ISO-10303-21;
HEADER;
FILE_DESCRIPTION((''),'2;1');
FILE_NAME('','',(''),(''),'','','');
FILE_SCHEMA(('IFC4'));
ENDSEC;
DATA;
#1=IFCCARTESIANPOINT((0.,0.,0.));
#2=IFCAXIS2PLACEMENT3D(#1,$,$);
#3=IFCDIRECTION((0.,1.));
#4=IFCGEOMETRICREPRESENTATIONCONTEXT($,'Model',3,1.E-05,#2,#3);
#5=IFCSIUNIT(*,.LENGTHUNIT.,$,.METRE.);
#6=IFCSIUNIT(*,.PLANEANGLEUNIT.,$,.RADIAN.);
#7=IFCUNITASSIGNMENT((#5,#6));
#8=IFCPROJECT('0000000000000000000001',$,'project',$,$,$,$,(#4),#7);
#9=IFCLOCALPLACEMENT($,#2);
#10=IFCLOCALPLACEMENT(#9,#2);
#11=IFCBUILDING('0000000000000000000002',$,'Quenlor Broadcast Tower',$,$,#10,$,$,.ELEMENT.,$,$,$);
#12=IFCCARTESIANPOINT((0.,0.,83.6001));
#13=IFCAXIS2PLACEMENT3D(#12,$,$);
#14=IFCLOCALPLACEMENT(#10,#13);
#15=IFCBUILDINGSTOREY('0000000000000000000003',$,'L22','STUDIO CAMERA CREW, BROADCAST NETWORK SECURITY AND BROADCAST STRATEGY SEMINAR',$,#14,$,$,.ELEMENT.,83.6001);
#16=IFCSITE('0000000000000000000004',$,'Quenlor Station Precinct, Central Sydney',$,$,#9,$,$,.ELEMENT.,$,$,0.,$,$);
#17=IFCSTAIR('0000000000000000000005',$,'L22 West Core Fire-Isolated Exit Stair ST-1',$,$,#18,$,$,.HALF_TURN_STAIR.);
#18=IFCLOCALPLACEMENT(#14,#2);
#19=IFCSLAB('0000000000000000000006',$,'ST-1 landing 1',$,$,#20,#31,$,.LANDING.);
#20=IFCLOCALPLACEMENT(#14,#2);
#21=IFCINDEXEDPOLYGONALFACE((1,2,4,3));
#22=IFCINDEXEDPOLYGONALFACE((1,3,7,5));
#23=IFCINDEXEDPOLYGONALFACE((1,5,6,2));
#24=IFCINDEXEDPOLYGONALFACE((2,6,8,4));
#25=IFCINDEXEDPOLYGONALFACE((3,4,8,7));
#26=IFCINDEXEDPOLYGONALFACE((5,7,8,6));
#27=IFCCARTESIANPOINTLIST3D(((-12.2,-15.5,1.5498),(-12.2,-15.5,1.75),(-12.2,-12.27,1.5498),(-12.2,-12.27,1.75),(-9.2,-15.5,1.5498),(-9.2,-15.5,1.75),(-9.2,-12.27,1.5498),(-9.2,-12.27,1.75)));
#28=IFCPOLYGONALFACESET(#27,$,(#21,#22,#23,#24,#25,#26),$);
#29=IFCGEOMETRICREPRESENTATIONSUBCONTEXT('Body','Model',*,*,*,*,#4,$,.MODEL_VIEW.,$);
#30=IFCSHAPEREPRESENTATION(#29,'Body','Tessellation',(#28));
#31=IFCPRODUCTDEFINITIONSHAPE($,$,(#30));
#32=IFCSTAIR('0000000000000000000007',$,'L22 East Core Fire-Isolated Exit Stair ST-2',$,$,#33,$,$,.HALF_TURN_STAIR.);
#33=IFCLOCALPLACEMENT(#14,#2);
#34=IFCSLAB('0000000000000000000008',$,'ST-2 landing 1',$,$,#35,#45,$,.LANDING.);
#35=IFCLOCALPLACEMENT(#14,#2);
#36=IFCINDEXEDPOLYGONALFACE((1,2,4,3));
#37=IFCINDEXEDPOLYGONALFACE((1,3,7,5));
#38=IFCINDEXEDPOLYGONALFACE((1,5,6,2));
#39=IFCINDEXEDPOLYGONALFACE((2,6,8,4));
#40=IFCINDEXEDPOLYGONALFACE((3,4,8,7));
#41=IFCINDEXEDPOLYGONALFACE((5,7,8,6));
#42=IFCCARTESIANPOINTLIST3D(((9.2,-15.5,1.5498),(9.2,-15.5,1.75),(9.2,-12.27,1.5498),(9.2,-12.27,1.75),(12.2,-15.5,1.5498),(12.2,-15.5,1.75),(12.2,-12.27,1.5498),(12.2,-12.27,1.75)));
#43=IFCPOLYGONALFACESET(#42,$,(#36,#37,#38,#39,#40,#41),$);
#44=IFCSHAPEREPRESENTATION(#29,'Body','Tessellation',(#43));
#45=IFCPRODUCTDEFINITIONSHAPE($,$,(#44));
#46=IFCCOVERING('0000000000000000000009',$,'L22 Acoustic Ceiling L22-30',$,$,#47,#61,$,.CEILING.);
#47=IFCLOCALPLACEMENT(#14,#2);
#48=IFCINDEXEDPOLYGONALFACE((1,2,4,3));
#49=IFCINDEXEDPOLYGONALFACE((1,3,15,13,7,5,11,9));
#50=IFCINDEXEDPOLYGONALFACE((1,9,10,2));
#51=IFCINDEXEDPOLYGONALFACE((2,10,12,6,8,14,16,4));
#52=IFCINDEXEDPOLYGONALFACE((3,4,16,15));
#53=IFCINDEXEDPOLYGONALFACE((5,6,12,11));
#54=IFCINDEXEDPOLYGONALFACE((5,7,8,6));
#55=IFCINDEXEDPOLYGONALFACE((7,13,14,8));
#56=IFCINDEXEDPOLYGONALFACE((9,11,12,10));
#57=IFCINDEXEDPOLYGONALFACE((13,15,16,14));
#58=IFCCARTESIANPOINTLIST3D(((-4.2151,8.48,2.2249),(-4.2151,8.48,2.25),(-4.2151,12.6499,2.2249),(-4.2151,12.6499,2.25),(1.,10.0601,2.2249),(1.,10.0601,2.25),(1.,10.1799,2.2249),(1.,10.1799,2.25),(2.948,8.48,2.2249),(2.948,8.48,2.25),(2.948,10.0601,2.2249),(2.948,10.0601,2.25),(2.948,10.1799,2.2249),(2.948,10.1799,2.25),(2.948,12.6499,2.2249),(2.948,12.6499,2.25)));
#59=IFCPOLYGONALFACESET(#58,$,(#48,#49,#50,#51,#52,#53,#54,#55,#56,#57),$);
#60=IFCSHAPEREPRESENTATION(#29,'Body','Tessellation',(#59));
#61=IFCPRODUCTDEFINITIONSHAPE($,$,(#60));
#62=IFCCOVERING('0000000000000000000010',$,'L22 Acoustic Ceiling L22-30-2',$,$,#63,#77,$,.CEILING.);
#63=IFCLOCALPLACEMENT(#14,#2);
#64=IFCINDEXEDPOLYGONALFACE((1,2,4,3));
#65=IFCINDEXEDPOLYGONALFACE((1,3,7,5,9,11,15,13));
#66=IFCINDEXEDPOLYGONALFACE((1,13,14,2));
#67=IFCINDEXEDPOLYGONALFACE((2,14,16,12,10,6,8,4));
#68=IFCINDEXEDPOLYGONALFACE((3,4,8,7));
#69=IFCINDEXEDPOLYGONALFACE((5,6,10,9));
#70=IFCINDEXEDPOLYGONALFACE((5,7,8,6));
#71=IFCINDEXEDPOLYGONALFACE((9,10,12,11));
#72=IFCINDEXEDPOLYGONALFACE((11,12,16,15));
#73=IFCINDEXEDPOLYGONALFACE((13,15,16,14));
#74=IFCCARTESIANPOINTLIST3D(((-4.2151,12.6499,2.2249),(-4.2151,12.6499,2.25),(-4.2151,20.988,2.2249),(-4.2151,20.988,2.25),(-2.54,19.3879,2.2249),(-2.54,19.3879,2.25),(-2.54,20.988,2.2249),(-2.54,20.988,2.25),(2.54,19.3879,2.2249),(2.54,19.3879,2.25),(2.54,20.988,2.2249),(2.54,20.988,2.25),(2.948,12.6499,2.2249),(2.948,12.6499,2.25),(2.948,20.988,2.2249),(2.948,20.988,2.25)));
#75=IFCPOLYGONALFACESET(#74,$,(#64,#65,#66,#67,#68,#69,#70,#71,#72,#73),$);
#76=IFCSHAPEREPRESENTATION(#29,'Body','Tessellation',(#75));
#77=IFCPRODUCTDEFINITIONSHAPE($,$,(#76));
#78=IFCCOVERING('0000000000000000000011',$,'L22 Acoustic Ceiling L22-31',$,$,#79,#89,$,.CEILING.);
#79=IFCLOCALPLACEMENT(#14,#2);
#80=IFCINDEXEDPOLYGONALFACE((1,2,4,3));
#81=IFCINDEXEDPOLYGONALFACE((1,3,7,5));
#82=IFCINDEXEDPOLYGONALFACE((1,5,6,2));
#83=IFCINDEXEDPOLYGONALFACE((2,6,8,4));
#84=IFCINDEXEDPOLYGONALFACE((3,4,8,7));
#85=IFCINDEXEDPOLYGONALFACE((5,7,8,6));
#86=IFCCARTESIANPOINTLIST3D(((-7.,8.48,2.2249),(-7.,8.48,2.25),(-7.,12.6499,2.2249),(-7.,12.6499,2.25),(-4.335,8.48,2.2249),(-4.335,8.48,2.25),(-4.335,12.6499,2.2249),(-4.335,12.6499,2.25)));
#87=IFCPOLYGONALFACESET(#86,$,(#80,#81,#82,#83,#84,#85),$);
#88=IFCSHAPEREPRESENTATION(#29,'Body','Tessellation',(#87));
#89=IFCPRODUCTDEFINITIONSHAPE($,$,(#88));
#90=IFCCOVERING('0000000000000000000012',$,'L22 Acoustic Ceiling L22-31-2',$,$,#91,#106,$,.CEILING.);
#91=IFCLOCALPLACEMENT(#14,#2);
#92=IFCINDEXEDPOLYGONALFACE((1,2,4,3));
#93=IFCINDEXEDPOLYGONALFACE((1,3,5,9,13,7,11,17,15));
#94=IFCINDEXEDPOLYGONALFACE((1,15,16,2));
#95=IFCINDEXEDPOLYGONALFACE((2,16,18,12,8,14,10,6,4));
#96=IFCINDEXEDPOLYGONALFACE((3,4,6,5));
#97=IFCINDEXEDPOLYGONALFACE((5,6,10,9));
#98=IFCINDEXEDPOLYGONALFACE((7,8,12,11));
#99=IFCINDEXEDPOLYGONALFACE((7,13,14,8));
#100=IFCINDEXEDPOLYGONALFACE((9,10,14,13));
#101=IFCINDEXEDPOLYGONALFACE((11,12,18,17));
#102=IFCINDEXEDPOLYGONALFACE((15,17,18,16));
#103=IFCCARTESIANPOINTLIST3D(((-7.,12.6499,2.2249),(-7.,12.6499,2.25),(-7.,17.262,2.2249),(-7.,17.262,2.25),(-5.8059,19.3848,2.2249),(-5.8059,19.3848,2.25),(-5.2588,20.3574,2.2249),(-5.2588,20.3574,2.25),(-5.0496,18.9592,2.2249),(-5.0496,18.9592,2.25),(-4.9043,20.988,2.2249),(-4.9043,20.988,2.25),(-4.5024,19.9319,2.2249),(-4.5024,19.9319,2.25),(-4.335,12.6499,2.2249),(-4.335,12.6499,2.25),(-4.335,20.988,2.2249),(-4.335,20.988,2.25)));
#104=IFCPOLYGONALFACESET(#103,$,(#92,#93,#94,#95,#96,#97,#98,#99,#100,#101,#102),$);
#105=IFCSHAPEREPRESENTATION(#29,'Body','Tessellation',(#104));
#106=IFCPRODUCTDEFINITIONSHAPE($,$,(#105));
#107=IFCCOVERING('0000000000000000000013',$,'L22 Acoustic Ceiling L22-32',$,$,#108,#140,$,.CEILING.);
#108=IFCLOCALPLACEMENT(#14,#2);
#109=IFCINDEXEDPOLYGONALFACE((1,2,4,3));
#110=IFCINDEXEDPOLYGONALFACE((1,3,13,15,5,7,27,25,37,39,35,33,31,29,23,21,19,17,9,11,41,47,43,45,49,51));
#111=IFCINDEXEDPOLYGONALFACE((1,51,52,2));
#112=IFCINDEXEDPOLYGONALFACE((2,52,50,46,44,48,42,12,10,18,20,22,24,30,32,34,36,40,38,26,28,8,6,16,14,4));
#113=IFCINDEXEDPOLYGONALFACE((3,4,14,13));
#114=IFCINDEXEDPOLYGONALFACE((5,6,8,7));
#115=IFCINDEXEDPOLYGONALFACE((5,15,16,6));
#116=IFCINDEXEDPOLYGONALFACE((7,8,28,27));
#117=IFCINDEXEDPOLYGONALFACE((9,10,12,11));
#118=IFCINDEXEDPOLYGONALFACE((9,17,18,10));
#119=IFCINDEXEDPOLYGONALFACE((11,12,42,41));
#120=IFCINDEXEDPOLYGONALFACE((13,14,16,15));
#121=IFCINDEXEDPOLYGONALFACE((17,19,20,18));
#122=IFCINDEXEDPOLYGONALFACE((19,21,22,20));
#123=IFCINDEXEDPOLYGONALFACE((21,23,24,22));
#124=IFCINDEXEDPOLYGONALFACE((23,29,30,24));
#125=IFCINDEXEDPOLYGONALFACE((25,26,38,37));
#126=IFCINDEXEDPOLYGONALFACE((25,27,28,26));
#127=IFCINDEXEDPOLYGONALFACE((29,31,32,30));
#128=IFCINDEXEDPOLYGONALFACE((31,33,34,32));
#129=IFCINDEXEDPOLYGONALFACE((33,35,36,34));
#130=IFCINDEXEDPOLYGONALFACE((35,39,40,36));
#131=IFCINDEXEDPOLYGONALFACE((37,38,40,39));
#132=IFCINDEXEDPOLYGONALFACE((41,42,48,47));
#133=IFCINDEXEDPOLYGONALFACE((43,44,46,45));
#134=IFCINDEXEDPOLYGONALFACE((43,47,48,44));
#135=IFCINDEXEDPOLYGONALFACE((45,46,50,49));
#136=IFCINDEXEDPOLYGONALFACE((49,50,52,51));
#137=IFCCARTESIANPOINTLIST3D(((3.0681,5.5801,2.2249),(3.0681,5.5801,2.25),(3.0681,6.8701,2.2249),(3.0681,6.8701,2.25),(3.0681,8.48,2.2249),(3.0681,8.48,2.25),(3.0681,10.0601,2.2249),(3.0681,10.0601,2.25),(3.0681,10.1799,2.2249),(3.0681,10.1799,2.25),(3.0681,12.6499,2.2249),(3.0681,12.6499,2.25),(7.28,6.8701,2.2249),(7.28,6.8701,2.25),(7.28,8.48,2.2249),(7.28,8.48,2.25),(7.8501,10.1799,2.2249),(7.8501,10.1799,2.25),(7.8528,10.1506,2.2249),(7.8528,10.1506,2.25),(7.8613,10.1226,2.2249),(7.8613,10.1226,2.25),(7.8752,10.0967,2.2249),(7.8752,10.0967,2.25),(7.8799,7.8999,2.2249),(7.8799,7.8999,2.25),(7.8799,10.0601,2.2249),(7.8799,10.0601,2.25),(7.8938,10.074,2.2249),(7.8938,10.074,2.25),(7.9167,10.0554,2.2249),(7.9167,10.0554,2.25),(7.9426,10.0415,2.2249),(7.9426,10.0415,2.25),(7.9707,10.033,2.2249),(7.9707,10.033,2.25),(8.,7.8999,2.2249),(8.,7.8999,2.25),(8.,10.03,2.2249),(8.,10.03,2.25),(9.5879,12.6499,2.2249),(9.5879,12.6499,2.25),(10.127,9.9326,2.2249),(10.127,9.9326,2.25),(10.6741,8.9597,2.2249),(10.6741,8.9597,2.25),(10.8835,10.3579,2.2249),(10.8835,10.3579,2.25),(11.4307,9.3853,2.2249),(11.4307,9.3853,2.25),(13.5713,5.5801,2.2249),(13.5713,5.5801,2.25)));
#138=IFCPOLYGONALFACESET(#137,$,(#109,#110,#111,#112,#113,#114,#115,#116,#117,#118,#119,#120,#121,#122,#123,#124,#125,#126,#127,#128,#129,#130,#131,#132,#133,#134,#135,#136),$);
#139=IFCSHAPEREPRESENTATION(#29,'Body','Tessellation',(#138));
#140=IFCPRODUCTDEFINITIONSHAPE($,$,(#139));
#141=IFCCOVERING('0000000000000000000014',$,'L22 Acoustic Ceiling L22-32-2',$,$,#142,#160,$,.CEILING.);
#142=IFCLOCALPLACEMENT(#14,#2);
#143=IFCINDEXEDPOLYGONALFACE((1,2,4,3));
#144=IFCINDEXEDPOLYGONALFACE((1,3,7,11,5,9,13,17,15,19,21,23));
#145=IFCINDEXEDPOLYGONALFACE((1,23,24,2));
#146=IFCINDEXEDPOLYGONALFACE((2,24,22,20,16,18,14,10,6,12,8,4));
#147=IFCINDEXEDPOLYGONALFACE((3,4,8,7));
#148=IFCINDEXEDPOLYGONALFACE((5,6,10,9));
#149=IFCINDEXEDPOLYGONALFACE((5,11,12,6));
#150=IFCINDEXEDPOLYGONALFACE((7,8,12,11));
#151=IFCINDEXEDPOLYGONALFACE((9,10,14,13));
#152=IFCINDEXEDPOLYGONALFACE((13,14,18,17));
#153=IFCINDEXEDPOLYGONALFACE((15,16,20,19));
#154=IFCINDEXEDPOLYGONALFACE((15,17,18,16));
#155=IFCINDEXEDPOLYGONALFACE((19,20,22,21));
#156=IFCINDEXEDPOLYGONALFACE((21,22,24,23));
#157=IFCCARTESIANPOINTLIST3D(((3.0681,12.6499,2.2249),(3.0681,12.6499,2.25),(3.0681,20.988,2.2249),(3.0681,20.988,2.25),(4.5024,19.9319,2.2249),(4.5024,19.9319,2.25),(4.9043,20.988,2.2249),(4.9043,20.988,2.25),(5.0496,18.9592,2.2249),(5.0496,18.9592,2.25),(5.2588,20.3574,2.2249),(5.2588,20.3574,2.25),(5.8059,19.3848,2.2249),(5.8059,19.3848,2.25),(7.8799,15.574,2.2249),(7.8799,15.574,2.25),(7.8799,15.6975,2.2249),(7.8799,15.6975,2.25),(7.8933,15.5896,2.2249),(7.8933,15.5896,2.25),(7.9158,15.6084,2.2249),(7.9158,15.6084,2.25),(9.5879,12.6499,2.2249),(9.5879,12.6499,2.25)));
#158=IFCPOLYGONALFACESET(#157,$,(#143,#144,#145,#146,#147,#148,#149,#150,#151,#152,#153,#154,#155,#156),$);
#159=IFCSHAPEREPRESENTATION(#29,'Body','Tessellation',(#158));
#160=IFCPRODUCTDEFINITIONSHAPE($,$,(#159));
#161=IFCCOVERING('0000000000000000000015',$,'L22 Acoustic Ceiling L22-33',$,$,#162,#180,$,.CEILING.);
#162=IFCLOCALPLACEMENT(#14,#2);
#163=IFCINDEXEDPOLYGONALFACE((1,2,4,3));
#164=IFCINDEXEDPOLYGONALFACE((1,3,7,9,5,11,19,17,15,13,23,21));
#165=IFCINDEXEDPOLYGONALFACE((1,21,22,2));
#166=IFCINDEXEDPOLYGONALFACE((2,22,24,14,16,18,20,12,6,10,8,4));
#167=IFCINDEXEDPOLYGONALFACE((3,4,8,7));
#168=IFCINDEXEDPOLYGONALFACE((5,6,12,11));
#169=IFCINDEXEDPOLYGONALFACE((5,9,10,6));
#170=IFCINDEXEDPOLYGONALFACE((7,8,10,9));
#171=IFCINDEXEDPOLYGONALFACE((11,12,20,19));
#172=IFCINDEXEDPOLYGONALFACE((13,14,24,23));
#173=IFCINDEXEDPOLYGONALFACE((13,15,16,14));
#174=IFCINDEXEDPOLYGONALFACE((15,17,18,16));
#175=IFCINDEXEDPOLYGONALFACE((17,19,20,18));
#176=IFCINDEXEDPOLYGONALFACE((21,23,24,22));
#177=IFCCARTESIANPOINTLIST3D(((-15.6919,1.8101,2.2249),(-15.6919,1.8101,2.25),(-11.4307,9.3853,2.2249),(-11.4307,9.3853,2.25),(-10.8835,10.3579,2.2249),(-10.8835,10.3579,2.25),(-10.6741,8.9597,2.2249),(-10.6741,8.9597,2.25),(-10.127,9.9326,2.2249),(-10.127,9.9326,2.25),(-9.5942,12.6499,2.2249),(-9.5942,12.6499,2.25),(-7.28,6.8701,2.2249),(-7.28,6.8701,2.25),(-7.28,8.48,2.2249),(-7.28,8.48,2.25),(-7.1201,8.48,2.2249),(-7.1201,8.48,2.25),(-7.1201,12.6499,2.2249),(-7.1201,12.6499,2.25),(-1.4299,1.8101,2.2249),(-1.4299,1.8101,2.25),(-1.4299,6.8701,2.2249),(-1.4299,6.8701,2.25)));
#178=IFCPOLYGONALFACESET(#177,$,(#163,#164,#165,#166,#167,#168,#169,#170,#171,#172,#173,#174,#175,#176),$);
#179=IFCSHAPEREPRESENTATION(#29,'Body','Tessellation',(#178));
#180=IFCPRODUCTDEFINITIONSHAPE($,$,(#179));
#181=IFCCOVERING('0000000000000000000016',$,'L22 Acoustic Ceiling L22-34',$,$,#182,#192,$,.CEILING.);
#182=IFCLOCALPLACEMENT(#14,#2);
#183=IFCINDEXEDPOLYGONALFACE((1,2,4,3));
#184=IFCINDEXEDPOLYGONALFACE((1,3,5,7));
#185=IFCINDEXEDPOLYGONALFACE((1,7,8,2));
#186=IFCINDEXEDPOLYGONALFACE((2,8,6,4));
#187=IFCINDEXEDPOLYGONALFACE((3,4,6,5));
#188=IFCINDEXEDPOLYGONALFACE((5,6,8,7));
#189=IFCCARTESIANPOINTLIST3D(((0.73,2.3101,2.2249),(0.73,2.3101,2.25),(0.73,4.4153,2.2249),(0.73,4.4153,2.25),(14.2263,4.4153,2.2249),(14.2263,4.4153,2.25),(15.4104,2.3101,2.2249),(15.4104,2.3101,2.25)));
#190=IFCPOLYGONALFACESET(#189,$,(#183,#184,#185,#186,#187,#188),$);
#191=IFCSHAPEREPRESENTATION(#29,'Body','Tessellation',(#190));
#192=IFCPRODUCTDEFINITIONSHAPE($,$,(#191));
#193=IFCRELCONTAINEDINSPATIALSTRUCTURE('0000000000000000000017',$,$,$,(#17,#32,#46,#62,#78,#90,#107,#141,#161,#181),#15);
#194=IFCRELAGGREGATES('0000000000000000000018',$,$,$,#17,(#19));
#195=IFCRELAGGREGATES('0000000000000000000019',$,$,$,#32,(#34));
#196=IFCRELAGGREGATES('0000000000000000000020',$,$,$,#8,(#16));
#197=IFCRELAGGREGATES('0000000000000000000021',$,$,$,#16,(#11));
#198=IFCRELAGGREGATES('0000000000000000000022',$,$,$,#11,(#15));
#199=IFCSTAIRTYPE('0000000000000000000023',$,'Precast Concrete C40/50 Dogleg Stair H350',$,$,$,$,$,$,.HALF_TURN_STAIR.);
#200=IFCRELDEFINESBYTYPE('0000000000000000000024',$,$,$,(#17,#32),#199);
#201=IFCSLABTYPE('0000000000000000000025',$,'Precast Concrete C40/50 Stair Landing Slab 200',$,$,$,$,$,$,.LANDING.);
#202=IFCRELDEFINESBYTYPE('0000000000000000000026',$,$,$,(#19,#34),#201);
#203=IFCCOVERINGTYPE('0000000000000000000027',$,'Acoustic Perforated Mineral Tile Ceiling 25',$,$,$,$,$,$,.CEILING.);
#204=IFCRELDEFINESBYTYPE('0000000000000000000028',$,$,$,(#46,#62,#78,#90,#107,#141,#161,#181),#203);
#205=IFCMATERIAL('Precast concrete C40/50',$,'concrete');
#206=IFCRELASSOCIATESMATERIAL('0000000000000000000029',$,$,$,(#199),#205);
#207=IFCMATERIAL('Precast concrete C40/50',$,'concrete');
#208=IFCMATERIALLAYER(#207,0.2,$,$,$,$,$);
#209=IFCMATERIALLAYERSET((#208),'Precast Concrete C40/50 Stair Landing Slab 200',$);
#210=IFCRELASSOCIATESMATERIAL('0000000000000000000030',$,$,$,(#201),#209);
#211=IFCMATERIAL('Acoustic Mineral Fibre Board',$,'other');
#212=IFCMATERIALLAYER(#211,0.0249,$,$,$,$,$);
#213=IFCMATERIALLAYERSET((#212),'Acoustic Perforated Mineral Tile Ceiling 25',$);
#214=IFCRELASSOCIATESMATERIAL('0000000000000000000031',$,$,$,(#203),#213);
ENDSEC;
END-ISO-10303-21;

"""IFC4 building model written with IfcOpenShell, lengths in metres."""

from ifc_helpers import new_model, si_unit, direction, frame, origin, place, context, subcontext, project, spatial, polyline, outline, extrude, material, layer, layer_set, type_object, element, aggregate, save


model = new_model("IFC4")

# Units and contexts
model_context = context("Model", 3, precision=1e-05, world=origin(), true_north=direction((0.0, 1.0)))
body_context = subcontext(model_context, "Body", "Model", "MODEL_VIEW")
ifc_project = project(units=[si_unit("LENGTHUNIT", "METRE"), si_unit("PLANEANGLEUNIT", "RADIAN")], contexts=[model_context])

# Site, building, storey
site_placement = place(None, origin())
site = spatial("IfcSite", under=ifc_project, at=site_placement, Name="Quenlor Station Precinct, Central Sydney", CompositionType="ELEMENT", RefElevation=0.0)
building_placement = place(site_placement, origin())
building = spatial("IfcBuilding", under=site, at=building_placement, Name="Quenlor Broadcast Tower", CompositionType="ELEMENT")
storey_placement = place(building_placement, frame((0.0, 0.0, 83.6001)))
storey = spatial("IfcBuildingStorey", under=building, at=storey_placement, Name="L22", Description="STUDIO CAMERA CREW, BROADCAST NETWORK SECURITY AND BROADCAST STRATEGY SEMINAR", CompositionType="ELEMENT", Elevation=83.6001)

# Stairs, slabs
ifc_material_1 = material(Name="Precast concrete C40/50", Category="concrete")
stair_type = type_object("IfcStairType", Name="Precast Concrete C40/50 Dogleg Stair H350", PredefinedType="HALF_TURN_STAIR", material=ifc_material_1)
stair_1_placement = place(storey_placement, origin())
stair_1 = element("IfcStair", 1, at=stair_1_placement, inside=storey, type_object=stair_type, Name="L22 West Core Fire-Isolated Exit Stair ST-1", PredefinedType="HALF_TURN_STAIR")
ifc_material_2 = material(Name="Precast concrete C40/50", Category="concrete")
ifc_layer_1 = layer(ifc_material_2, 0.2)
ifc_layer_set_1 = layer_set([ifc_layer_1], Name="Precast Concrete C40/50 Stair Landing Slab 200")
slab_type = type_object("IfcSlabType", Name="Precast Concrete C40/50 Stair Landing Slab 200", PredefinedType="LANDING", material=ifc_layer_set_1)
slab_1_placement = place(storey_placement, frame((0.0, 0.0, 1.5498)))
slab_1 = element("IfcSlab", 2, at=slab_1_placement, type_object=slab_type, Name="ST-1 landing 1", PredefinedType="LANDING", context=body_context, shape_type="SweptSolid", body=[
    extrude(outline(polyline([(-12.2, -12.27), (-12.2, -15.5), (-9.2, -15.5), (-9.2, -12.27), (-12.2, -12.27)])), origin(), (0.0, 0.0, 1.0), 0.2002),
])
aggregate(stair_1, [slab_1])
stair_2_placement = place(storey_placement, origin())
stair_2 = element("IfcStair", 3, at=stair_2_placement, inside=storey, type_object=stair_type, Name="L22 East Core Fire-Isolated Exit Stair ST-2", PredefinedType="HALF_TURN_STAIR")
slab_2_placement = place(storey_placement, frame((0.0, 0.0, 1.5498)))
slab_2 = element("IfcSlab", 4, at=slab_2_placement, type_object=slab_type, Name="ST-2 landing 1", PredefinedType="LANDING", context=body_context, shape_type="SweptSolid", body=[
    extrude(outline(polyline([(9.2, -12.27), (9.2, -15.5), (12.2, -15.5), (12.2, -12.27), (9.2, -12.27)])), origin(), (0.0, 0.0, 1.0), 0.2002),
])
aggregate(stair_2, [slab_2])

# Coverings
ifc_material_3 = material(Name="Acoustic Mineral Fibre Board", Category="other")
ifc_layer_2 = layer(ifc_material_3, 0.0249)
ifc_layer_set_2 = layer_set([ifc_layer_2], Name="Acoustic Perforated Mineral Tile Ceiling 25")
covering_type_1 = type_object("IfcCoveringType", Name="Acoustic Perforated Mineral Tile Ceiling 25", PredefinedType="CEILING", material=ifc_layer_set_2)
covering_1_placement = place(storey_placement, frame((0.0, 0.0, 2.2249)))
element("IfcCovering", 5, at=covering_1_placement, inside=storey, type_object=covering_type_1, Name="L22 Acoustic Ceiling L22-30", PredefinedType="CEILING", context=body_context, shape_type="SweptSolid", body=[
    extrude(outline(polyline([(2.948, 10.1799), (1.0, 10.1799), (1.0, 10.0601), (2.948, 10.0601), (2.948, 8.48), (-4.2151, 8.48), (-4.2151, 12.6499), (2.948, 12.6499), (2.948, 10.1799)])), origin(), (0.0, 0.0, 1.0), 0.0251),
])
covering_2_placement = place(storey_placement, frame((0.0, 0.0, 2.2249)))
element("IfcCovering", 6, at=covering_2_placement, inside=storey, type_object=covering_type_1, Name="L22 Acoustic Ceiling L22-30-2", PredefinedType="CEILING", context=body_context, shape_type="SweptSolid", body=[
    extrude(outline(polyline([(-2.54, 19.3879), (2.54, 19.3879), (2.54, 20.988), (2.948, 20.988), (2.948, 12.6499), (-4.2151, 12.6499), (-4.2151, 20.988), (-2.54, 20.988), (-2.54, 19.3879)])), origin(), (0.0, 0.0, 1.0), 0.0251),
])
covering_3_placement = place(storey_placement, frame((0.0, 0.0, 2.2249)))
element("IfcCovering", 7, at=covering_3_placement, inside=storey, type_object=covering_type_1, Name="L22 Acoustic Ceiling L22-31", PredefinedType="CEILING", context=body_context, shape_type="SweptSolid", body=[
    extrude(outline(polyline([(-4.335, 8.48), (-7.0, 8.48), (-7.0, 12.6499), (-4.335, 12.6499), (-4.335, 8.48)])), origin(), (0.0, 0.0, 1.0), 0.0251),
])
covering_4_placement = place(storey_placement, frame((0.0, 0.0, 2.2249)))
element("IfcCovering", 8, at=covering_4_placement, inside=storey, type_object=covering_type_1, Name="L22 Acoustic Ceiling L22-31-2", PredefinedType="CEILING", context=body_context, shape_type="SweptSolid", body=[
    extrude(outline(polyline([(-5.0496, 18.9592), (-4.5024, 19.9319), (-5.2588, 20.3574), (-4.9043, 20.988), (-4.335, 20.988), (-4.335, 12.6499), (-7.0, 12.6499), (-7.0, 17.262), (-5.8059, 19.3848), (-5.0496, 18.9592)])), origin(), (0.0, 0.0, 1.0), 0.0251),
])
covering_5_placement = place(storey_placement, frame((0.0, 0.0, 2.2249)))
element("IfcCovering", 9, at=covering_5_placement, inside=storey, type_object=covering_type_1, Name="L22 Acoustic Ceiling L22-32", PredefinedType="CEILING", context=body_context, shape_type="SweptSolid", body=[
    extrude(outline(polyline([(7.8799, 7.8999), (8.0, 7.8999), (8.0, 10.03), (7.9707, 10.033), (7.9426, 10.0415), (7.9167, 10.0554), (7.8938, 10.074), (7.8752, 10.0967), (7.8613, 10.1226), (7.8528, 10.1506), (7.8501, 10.1799), (3.0681, 10.1799), (3.0681, 12.6499), (9.5879, 12.6499), (10.8835, 10.3579), (10.127, 9.9326), (10.6741, 8.9597), (11.4307, 9.3853), (13.5713, 5.5801), (3.0681, 5.5801), (3.0681, 6.8701), (7.28, 6.8701), (7.28, 8.48), (3.0681, 8.48), (3.0681, 10.0601), (7.8799, 10.0601), (7.8799, 7.8999)])), origin(), (0.0, 0.0, 1.0), 0.0251),
])
covering_6_placement = place(storey_placement, frame((0.0, 0.0, 2.2249)))
element("IfcCovering", 10, at=covering_6_placement, inside=storey, type_object=covering_type_1, Name="L22 Acoustic Ceiling L22-32-2", PredefinedType="CEILING", context=body_context, shape_type="SweptSolid", body=[
    extrude(outline(polyline([(3.0681, 20.988), (4.9043, 20.988), (5.2588, 20.3574), (4.5024, 19.9319), (5.0496, 18.9592), (5.8059, 19.3848), (7.8799, 15.6975), (7.8799, 15.574), (7.8933, 15.5896), (7.9158, 15.6084), (9.5879, 12.6499), (3.0681, 12.6499), (3.0681, 20.988)])), origin(), (0.0, 0.0, 1.0), 0.0251),
])
covering_7_placement = place(storey_placement, frame((0.0, 0.0, 2.2249)))
element("IfcCovering", 11, at=covering_7_placement, inside=storey, type_object=covering_type_1, Name="L22 Acoustic Ceiling L22-33", PredefinedType="CEILING", context=body_context, shape_type="SweptSolid", body=[
    extrude(outline(polyline([(-7.28, 6.8701), (-1.4299, 6.8701), (-1.4299, 1.8101), (-15.6919, 1.8101), (-11.4307, 9.3853), (-10.6741, 8.9597), (-10.127, 9.9326), (-10.8835, 10.3579), (-9.5942, 12.6499), (-7.1201, 12.6499), (-7.1201, 8.48), (-7.28, 8.48), (-7.28, 6.8701)])), origin(), (0.0, 0.0, 1.0), 0.0251),
])
covering_8_placement = place(storey_placement, frame((0.0, 0.0, 2.2249)))
element("IfcCovering", 12, at=covering_8_placement, inside=storey, type_object=covering_type_1, Name="L22 Acoustic Ceiling L22-34", PredefinedType="CEILING", context=body_context, shape_type="SweptSolid", body=[
    extrude(outline(polyline([(14.2263, 4.4153), (15.4104, 2.3101), (0.73, 2.3101), (0.73, 4.4153), (14.2263, 4.4153)])), origin(), (0.0, 0.0, 1.0), 0.0251),
])

save(model, "model.ifc")
